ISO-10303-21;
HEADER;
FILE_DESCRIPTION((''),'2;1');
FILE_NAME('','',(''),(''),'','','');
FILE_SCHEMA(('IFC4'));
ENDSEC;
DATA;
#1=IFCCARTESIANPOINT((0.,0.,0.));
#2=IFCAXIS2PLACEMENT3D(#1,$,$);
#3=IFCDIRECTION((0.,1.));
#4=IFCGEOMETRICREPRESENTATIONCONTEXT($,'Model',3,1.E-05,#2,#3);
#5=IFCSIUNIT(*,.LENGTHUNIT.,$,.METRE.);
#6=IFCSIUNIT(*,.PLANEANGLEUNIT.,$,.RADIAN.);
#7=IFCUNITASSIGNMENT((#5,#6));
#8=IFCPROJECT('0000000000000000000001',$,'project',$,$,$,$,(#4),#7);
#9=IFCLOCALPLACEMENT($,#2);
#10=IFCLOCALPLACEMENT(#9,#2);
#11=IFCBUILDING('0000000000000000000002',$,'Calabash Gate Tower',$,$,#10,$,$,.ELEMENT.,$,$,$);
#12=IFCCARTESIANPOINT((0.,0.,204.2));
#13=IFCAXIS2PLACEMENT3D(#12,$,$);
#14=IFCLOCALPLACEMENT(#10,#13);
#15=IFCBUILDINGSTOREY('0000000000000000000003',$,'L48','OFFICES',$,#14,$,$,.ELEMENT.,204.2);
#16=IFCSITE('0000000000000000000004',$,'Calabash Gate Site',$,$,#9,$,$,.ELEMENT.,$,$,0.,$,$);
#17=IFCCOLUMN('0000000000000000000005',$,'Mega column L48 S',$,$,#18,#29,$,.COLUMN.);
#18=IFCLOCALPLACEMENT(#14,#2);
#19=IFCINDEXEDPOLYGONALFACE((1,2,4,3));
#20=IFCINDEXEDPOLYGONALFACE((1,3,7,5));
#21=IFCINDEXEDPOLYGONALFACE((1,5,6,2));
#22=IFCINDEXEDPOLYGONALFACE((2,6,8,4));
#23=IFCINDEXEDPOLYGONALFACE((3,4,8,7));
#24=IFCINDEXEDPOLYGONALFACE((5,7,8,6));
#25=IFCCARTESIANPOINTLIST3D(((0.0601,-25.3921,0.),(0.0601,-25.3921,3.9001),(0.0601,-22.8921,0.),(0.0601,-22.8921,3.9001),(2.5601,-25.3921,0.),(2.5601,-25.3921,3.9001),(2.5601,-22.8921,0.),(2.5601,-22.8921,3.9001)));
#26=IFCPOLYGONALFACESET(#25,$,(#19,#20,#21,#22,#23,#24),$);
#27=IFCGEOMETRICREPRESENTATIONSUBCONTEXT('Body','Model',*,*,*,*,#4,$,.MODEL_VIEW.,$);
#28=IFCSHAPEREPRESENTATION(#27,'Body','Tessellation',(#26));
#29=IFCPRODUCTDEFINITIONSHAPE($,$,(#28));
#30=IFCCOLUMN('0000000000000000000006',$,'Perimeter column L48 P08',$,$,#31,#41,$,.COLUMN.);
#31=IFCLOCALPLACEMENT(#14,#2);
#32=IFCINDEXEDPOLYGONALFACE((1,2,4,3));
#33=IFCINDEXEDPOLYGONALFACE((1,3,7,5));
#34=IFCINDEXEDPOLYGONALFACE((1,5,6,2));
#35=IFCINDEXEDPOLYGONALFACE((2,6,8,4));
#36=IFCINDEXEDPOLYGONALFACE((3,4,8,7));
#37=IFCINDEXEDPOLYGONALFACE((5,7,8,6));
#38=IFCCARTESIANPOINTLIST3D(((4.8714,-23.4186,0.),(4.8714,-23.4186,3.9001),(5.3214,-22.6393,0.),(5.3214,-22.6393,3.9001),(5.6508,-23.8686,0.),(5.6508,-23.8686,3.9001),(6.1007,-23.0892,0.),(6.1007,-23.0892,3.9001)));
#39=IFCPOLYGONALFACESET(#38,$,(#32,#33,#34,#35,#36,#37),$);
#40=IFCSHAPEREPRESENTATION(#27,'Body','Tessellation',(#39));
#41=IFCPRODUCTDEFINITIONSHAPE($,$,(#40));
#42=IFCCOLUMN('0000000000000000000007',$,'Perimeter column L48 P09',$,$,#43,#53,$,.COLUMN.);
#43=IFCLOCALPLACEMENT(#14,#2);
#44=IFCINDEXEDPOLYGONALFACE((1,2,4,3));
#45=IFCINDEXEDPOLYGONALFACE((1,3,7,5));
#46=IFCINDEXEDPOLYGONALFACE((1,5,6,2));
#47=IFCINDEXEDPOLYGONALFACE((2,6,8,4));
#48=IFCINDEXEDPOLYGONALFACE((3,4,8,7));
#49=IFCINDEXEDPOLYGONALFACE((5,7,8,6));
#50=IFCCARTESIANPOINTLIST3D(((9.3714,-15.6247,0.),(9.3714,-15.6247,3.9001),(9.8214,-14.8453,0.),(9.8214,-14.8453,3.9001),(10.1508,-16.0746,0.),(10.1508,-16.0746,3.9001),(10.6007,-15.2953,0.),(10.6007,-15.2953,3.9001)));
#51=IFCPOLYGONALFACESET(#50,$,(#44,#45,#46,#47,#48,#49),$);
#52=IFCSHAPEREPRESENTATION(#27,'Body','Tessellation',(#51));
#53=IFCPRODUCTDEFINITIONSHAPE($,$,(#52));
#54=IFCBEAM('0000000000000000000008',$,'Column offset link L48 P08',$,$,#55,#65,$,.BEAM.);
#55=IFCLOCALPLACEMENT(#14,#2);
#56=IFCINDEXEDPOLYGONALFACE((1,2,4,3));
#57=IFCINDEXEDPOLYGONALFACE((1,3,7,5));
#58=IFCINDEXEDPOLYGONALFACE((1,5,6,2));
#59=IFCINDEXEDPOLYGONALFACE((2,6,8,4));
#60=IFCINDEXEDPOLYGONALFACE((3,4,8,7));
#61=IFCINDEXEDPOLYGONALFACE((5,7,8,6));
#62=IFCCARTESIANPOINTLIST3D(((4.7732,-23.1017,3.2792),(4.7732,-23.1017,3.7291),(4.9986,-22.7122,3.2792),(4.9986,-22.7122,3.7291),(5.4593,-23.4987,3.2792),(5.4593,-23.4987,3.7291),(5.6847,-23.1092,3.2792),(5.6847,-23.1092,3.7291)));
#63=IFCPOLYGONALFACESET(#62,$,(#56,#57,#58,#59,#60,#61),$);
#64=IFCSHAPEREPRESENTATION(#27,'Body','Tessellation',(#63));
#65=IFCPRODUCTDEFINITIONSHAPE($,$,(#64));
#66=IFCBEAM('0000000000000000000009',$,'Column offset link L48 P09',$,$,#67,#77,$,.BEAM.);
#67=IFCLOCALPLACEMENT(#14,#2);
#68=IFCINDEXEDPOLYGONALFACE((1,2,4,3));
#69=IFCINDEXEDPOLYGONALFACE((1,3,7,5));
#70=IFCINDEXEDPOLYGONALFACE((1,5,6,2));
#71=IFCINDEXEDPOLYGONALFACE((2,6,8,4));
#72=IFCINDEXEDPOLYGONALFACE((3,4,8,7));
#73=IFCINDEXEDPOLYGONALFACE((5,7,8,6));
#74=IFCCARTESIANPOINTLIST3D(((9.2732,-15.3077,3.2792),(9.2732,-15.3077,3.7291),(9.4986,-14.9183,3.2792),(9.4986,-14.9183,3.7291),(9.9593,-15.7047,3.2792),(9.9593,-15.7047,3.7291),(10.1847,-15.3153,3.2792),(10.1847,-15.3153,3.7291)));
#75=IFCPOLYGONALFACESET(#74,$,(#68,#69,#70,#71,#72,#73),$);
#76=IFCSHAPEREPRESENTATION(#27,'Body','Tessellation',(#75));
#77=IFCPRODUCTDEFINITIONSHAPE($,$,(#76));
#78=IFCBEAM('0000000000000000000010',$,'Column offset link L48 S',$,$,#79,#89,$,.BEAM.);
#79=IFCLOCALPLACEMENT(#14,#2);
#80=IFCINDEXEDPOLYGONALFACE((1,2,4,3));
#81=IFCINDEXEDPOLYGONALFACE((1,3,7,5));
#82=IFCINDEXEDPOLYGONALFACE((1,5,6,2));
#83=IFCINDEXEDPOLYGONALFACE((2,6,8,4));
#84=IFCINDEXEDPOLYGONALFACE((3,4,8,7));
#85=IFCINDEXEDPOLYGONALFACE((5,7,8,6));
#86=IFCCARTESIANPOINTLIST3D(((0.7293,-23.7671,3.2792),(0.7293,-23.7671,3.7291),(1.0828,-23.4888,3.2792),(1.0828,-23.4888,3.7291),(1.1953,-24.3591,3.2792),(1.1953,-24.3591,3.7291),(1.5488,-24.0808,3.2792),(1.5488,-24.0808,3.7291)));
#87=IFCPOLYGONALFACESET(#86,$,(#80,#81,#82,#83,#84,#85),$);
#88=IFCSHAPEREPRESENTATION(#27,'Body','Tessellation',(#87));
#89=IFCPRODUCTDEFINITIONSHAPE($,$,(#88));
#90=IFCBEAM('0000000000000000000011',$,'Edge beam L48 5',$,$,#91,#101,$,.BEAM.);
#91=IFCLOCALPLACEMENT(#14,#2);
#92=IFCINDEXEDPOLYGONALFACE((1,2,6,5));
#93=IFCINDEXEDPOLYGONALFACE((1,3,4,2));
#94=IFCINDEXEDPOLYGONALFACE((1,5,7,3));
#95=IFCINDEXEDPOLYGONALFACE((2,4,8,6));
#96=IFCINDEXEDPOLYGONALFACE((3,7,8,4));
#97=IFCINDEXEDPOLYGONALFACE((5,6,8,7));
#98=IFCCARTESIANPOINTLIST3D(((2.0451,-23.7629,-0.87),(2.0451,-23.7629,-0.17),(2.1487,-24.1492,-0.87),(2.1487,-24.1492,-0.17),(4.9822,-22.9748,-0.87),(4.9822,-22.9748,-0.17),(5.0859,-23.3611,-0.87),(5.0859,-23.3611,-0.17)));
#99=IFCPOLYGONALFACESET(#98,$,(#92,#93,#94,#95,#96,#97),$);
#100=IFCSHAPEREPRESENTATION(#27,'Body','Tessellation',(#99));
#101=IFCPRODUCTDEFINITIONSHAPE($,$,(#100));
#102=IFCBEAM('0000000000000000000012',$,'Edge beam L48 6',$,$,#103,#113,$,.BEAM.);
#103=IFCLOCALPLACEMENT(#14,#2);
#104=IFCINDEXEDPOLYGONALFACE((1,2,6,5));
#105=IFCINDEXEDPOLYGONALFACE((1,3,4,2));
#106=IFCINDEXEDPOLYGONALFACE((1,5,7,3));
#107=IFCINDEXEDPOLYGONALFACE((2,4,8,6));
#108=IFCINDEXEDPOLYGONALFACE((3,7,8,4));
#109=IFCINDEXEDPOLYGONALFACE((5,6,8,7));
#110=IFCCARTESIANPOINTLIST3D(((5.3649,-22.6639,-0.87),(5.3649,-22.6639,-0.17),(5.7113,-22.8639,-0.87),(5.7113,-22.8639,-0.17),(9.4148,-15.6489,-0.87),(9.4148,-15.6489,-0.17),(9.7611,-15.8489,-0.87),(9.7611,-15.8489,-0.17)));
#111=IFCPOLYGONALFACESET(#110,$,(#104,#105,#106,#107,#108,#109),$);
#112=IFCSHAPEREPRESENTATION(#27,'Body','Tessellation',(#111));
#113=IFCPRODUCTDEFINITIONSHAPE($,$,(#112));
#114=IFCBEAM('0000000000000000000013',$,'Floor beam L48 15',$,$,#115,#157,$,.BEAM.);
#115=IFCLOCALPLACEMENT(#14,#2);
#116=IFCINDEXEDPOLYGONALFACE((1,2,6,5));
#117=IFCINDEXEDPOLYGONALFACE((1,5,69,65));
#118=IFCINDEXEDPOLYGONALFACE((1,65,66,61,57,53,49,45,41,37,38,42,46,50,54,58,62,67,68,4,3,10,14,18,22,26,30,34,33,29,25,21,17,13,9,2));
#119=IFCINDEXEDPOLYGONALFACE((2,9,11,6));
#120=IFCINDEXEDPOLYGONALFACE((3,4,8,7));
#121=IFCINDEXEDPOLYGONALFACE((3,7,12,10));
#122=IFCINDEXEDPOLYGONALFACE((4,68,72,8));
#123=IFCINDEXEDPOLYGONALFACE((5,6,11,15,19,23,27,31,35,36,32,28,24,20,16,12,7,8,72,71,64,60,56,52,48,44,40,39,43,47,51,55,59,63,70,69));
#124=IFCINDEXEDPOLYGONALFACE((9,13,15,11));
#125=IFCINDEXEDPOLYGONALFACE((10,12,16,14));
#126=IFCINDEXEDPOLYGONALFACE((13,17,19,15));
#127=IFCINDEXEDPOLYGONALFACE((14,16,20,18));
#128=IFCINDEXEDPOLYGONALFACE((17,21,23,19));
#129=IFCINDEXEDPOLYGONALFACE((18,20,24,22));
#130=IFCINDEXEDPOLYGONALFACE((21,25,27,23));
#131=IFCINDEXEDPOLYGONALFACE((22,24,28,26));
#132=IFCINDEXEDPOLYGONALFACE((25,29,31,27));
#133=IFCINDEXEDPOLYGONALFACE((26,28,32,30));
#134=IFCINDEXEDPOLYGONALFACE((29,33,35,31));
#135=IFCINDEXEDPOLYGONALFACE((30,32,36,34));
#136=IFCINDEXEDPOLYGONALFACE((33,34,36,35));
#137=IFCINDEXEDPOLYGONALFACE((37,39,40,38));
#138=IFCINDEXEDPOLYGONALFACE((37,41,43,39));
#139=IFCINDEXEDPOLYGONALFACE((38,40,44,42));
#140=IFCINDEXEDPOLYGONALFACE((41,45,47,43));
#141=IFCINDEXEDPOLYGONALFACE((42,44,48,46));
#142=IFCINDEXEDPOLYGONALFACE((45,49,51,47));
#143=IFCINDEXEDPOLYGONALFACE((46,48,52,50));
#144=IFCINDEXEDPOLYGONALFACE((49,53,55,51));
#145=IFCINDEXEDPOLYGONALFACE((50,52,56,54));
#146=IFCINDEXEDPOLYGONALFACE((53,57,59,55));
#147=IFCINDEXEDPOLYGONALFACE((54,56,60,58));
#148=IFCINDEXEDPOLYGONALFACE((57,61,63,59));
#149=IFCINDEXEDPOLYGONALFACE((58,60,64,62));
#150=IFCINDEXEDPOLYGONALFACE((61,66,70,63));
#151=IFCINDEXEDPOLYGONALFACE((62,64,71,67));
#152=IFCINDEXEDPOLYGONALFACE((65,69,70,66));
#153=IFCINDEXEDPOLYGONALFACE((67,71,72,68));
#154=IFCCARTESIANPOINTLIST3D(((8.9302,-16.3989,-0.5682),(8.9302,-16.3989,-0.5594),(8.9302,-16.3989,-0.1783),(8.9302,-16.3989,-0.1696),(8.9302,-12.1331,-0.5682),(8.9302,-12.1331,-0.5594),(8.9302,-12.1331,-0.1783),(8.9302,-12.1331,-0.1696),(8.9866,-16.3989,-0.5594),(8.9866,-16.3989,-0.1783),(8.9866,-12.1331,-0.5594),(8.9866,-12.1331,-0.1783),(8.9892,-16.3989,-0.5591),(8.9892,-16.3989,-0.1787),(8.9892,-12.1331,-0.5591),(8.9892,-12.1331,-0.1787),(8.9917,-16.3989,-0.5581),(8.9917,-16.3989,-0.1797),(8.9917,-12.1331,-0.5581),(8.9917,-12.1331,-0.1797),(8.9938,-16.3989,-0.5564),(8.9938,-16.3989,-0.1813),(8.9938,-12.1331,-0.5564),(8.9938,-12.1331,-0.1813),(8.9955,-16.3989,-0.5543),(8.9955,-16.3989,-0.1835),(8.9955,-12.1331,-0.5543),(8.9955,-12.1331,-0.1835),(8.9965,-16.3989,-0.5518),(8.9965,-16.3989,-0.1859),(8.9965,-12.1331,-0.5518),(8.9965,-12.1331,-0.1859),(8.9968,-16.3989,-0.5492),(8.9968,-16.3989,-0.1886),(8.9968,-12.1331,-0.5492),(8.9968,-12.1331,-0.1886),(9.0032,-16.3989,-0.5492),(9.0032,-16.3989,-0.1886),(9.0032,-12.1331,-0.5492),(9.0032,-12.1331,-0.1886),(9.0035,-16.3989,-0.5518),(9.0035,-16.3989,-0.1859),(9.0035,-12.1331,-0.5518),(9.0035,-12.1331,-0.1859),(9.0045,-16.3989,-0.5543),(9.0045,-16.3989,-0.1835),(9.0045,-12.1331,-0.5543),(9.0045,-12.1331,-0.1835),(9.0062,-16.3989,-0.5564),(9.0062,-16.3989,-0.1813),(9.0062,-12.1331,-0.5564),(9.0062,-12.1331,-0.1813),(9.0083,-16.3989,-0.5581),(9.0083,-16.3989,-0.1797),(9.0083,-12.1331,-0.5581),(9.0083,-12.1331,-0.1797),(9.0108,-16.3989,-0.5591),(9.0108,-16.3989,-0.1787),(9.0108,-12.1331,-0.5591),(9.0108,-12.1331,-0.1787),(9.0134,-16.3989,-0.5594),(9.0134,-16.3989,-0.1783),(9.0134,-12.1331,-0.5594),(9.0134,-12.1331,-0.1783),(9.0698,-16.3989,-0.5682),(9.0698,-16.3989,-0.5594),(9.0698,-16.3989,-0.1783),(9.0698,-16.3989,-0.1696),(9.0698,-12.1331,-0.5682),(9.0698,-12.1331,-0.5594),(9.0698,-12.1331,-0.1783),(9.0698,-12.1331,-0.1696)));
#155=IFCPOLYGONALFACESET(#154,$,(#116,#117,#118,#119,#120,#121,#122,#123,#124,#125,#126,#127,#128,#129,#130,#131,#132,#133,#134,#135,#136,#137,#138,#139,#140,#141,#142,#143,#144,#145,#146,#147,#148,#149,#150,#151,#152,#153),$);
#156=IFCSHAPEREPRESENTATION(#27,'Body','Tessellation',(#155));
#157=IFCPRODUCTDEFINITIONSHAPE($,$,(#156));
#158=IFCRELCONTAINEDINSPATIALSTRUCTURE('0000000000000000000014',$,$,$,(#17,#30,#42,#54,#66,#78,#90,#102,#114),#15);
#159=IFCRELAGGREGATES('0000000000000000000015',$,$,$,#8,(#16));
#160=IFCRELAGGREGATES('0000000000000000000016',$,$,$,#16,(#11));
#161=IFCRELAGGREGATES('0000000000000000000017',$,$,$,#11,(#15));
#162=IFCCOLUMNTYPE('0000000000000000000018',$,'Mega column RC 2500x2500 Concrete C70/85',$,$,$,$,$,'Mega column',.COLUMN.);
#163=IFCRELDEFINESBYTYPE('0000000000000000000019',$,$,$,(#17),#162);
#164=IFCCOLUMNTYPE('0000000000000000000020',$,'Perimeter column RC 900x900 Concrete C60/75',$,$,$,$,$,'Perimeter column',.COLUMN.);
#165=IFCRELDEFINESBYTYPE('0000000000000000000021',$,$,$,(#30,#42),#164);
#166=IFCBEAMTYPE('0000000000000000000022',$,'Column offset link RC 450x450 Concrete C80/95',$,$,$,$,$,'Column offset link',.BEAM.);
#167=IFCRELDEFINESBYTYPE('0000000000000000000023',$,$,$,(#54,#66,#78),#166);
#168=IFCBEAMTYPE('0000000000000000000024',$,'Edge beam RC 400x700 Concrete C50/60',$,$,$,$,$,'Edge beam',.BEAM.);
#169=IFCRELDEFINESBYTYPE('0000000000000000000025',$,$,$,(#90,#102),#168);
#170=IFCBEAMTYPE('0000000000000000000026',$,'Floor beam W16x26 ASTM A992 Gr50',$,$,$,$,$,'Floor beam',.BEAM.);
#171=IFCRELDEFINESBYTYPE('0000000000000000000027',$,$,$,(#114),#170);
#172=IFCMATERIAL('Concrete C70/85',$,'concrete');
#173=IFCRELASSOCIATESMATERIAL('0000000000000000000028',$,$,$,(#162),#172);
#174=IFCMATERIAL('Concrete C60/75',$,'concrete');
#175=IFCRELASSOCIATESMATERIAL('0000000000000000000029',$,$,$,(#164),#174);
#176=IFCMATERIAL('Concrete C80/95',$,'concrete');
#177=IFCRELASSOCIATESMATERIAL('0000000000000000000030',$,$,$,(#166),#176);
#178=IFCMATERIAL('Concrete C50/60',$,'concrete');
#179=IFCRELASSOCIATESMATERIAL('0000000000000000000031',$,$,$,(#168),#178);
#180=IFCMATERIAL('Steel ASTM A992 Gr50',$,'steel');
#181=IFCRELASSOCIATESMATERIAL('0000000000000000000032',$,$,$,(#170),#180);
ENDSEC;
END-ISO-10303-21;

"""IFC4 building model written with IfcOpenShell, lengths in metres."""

from ifc_helpers import new_model, si_unit, direction, frame, origin, origin_2d, place, context, subcontext, project, spatial, rectangle, i_section, extrude, material, material_profile, profile_set, type_object, element, save


model = new_model("IFC4")

# Units and contexts
model_context = context("Model", 3, precision=1e-05, world=origin(), true_north=direction((0.0, 1.0)))
body_context = subcontext(model_context, "Body", "Model", "MODEL_VIEW")
ifc_project = project(units=[si_unit("LENGTHUNIT", "METRE"), si_unit("PLANEANGLEUNIT", "RADIAN")], contexts=[model_context])

# Site, building, storey
site_placement = place(None, origin())
site = spatial("IfcSite", under=ifc_project, at=site_placement, Name="Calabash Gate Site", CompositionType="ELEMENT", RefElevation=0.0)
building_placement = place(site_placement, origin())
building = spatial("IfcBuilding", under=site, at=building_placement, Name="Calabash Gate Tower", CompositionType="ELEMENT")
storey_placement = place(building_placement, frame((0.0, 0.0, 204.2)))
storey = spatial("IfcBuildingStorey", under=building, at=storey_placement, Name="L48", Description="OFFICES", CompositionType="ELEMENT", Elevation=204.2)

# Columns
ifc_material_1 = material(Name="Concrete C70/85", Category="concrete")
ifc_material_profile_1 = material_profile(ifc_material_1, rectangle(XDim=2.5, YDim=2.5, at=origin_2d()))
ifc_profile_set_1 = profile_set([ifc_material_profile_1], Name="Concrete C70/85")
column_type_1 = type_object("IfcColumnType", Name="Mega column RC 2500x2500 Concrete C70/85", ElementType="Mega column", PredefinedType="COLUMN", material=ifc_profile_set_1)
column_placement = place(storey_placement, frame((1.3101, -24.1421, 0.0), z_axis=(0.0, 0.0, 1.0), x_axis=(0.0, 1.0, 0.0)))
element("IfcColumn", 1, at=column_placement, inside=storey, type_object=column_type_1, Name="Mega column L48 S", PredefinedType="COLUMN", context=body_context, shape_type="SweptSolid", body=[
    extrude(rectangle(XDim=2.5, YDim=2.5, at=origin_2d()), origin(), (0.0, 0.0, 1.0), 3.9001),
])
ifc_material_2 = material(Name="Concrete C60/75", Category="concrete")
ifc_material_profile_2 = material_profile(ifc_material_2, rectangle(XDim=0.8999, YDim=0.8999, at=origin_2d()))
ifc_profile_set_2 = profile_set([ifc_material_profile_2], Name="Concrete C60/75")
column_type_2 = type_object("IfcColumnType", Name="Perimeter column RC 900x900 Concrete C60/75", ElementType="Perimeter column", PredefinedType="COLUMN", material=ifc_profile_set_2)
for number, where, z_axis, x_axis, name in (
    (2, (5.4861, -23.2539, 0.0), (0.0, 0.0, 1.0), (0.5, 0.866025, 0.0), "Perimeter column L48 P08"),
    (3, (9.9861, -15.46, 0.0), (0.0, 0.0, 1.0), (0.5, 0.866025, 0.0), "Perimeter column L48 P09"),
):
    element("IfcColumn", number, at=place(storey_placement, frame(where, z_axis=z_axis, x_axis=x_axis)), inside=storey, type_object=column_type_2, Name=name, PredefinedType="COLUMN", context=body_context, shape_type="SweptSolid", body=[
        extrude(rectangle(XDim=0.8999, YDim=0.8999, at=origin_2d()), origin(), (0.0, 0.0, 1.0), 3.9001),
    ])

# Beams
ifc_material_3 = material(Name="Concrete C80/95", Category="concrete")
ifc_material_profile_3 = material_profile(ifc_material_3, rectangle(XDim=0.45, YDim=0.45, at=origin_2d()))
ifc_profile_set_3 = profile_set([ifc_material_profile_3], Name="Concrete C80/95")
beam_type_1 = type_object("IfcBeamType", Name="Column offset link RC 450x450 Concrete C80/95", ElementType="Column offset link", PredefinedType="BEAM", material=ifc_profile_set_3)
for number, where, z_axis, x_axis, name in (
    (4, (5.572, -23.304, 3.5042), (-0.865539, 0.500842, 0.0), (-0.500842, -0.865539, 0.0), "Column offset link L48 P08"),
    (5, (10.072, -15.51, 3.5042), (-0.865539, 0.500842, 0.0), (-0.500842, -0.865539, 0.0), "Column offset link L48 P09"),
):
    element("IfcBeam", number, at=place(storey_placement, frame(where, z_axis=z_axis, x_axis=x_axis)), inside=storey, type_object=beam_type_1, Name=name, PredefinedType="BEAM", context=body_context, shape_type="SweptSolid", body=[
        extrude(rectangle(XDim=0.45, YDim=0.45, at=origin_2d()), origin(), (0.0, 0.0, 1.0), 0.7927),
    ])
beam_1_placement = place(storey_placement, frame((1.3721, -24.22, 3.5042), z_axis=(-0.618551, 0.785745, 0.0), x_axis=(-0.785745, -0.618551, 0.0)))
element("IfcBeam", 6, at=beam_1_placement, inside=storey, type_object=beam_type_1, Name="Column offset link L48 S", PredefinedType="BEAM", context=body_context, shape_type="SweptSolid", body=[
    extrude(rectangle(XDim=0.45, YDim=0.45, at=origin_2d()), origin(), (0.0, 0.0, 1.0), 0.7534),
])
ifc_material_4 = material(Name="Concrete C50/60", Category="concrete")
ifc_material_profile_4 = material_profile(ifc_material_4, rectangle(XDim=0.3999, YDim=0.7, at=origin_2d()))
ifc_profile_set_4 = profile_set([ifc_material_profile_4], Name="Concrete C50/60")
beam_type_2 = type_object("IfcBeamType", Name="Edge beam RC 400x700 Concrete C50/60", ElementType="Edge beam", PredefinedType="BEAM", material=ifc_profile_set_4)
beam_2_placement = place(storey_placement, frame((2.0969, -23.9561, -0.52), z_axis=(0.965834, 0.259161, 0.0), x_axis=(-0.259161, 0.965834, 0.0)))
element("IfcBeam", 7, at=beam_2_placement, inside=storey, type_object=beam_type_2, Name="Edge beam L48 5", PredefinedType="BEAM", context=body_context, shape_type="SweptSolid", body=[
    extrude(rectangle(XDim=0.3999, YDim=0.7, at=origin_2d()), origin(), (0.0, 0.0, 1.0), 3.041),
])
beam_3_placement = place(storey_placement, frame((5.5381, -22.7639, -0.52), z_axis=(0.499977, 0.866039, 0.0), x_axis=(-0.866039, 0.499977, 0.0)))
element("IfcBeam", 8, at=beam_3_placement, inside=storey, type_object=beam_type_2, Name="Edge beam L48 6", PredefinedType="BEAM", context=body_context, shape_type="SweptSolid", body=[
    extrude(rectangle(XDim=0.3999, YDim=0.7, at=origin_2d()), origin(), (0.0, 0.0, 1.0), 8.1001),
])
ifc_material_5 = material(Name="Steel ASTM A992 Gr50", Category="steel")
ifc_material_profile_5 = material_profile(ifc_material_5, i_section(OverallWidth=0.1396, OverallDepth=0.3987, WebThickness=0.0063, FlangeThickness=0.0088, FilletRadius=0.0103, at=origin_2d()))
ifc_profile_set_5 = profile_set([ifc_material_profile_5], Name="Steel ASTM A992 Gr50")
beam_type_3 = type_object("IfcBeamType", Name="Floor beam W16x26 ASTM A992 Gr50", ElementType="Floor beam", PredefinedType="BEAM", material=ifc_profile_set_5)
beam_4_placement = place(storey_placement, frame((9.0, -16.3989, -0.3689), z_axis=(0.0, 1.0, 0.0), x_axis=(-1.0, 0.0, 0.0)))
element("IfcBeam", 9, at=beam_4_placement, inside=storey, type_object=beam_type_3, Name="Floor beam L48 15", PredefinedType="BEAM", context=body_context, shape_type="SweptSolid", body=[
    extrude(i_section(OverallWidth=0.1396, OverallDepth=0.3987, WebThickness=0.0063, FlangeThickness=0.0088, FilletRadius=0.0103, at=origin_2d()), origin(), (0.0, 0.0, 1.0), 4.2659),
])

save(model, "model.ifc")
